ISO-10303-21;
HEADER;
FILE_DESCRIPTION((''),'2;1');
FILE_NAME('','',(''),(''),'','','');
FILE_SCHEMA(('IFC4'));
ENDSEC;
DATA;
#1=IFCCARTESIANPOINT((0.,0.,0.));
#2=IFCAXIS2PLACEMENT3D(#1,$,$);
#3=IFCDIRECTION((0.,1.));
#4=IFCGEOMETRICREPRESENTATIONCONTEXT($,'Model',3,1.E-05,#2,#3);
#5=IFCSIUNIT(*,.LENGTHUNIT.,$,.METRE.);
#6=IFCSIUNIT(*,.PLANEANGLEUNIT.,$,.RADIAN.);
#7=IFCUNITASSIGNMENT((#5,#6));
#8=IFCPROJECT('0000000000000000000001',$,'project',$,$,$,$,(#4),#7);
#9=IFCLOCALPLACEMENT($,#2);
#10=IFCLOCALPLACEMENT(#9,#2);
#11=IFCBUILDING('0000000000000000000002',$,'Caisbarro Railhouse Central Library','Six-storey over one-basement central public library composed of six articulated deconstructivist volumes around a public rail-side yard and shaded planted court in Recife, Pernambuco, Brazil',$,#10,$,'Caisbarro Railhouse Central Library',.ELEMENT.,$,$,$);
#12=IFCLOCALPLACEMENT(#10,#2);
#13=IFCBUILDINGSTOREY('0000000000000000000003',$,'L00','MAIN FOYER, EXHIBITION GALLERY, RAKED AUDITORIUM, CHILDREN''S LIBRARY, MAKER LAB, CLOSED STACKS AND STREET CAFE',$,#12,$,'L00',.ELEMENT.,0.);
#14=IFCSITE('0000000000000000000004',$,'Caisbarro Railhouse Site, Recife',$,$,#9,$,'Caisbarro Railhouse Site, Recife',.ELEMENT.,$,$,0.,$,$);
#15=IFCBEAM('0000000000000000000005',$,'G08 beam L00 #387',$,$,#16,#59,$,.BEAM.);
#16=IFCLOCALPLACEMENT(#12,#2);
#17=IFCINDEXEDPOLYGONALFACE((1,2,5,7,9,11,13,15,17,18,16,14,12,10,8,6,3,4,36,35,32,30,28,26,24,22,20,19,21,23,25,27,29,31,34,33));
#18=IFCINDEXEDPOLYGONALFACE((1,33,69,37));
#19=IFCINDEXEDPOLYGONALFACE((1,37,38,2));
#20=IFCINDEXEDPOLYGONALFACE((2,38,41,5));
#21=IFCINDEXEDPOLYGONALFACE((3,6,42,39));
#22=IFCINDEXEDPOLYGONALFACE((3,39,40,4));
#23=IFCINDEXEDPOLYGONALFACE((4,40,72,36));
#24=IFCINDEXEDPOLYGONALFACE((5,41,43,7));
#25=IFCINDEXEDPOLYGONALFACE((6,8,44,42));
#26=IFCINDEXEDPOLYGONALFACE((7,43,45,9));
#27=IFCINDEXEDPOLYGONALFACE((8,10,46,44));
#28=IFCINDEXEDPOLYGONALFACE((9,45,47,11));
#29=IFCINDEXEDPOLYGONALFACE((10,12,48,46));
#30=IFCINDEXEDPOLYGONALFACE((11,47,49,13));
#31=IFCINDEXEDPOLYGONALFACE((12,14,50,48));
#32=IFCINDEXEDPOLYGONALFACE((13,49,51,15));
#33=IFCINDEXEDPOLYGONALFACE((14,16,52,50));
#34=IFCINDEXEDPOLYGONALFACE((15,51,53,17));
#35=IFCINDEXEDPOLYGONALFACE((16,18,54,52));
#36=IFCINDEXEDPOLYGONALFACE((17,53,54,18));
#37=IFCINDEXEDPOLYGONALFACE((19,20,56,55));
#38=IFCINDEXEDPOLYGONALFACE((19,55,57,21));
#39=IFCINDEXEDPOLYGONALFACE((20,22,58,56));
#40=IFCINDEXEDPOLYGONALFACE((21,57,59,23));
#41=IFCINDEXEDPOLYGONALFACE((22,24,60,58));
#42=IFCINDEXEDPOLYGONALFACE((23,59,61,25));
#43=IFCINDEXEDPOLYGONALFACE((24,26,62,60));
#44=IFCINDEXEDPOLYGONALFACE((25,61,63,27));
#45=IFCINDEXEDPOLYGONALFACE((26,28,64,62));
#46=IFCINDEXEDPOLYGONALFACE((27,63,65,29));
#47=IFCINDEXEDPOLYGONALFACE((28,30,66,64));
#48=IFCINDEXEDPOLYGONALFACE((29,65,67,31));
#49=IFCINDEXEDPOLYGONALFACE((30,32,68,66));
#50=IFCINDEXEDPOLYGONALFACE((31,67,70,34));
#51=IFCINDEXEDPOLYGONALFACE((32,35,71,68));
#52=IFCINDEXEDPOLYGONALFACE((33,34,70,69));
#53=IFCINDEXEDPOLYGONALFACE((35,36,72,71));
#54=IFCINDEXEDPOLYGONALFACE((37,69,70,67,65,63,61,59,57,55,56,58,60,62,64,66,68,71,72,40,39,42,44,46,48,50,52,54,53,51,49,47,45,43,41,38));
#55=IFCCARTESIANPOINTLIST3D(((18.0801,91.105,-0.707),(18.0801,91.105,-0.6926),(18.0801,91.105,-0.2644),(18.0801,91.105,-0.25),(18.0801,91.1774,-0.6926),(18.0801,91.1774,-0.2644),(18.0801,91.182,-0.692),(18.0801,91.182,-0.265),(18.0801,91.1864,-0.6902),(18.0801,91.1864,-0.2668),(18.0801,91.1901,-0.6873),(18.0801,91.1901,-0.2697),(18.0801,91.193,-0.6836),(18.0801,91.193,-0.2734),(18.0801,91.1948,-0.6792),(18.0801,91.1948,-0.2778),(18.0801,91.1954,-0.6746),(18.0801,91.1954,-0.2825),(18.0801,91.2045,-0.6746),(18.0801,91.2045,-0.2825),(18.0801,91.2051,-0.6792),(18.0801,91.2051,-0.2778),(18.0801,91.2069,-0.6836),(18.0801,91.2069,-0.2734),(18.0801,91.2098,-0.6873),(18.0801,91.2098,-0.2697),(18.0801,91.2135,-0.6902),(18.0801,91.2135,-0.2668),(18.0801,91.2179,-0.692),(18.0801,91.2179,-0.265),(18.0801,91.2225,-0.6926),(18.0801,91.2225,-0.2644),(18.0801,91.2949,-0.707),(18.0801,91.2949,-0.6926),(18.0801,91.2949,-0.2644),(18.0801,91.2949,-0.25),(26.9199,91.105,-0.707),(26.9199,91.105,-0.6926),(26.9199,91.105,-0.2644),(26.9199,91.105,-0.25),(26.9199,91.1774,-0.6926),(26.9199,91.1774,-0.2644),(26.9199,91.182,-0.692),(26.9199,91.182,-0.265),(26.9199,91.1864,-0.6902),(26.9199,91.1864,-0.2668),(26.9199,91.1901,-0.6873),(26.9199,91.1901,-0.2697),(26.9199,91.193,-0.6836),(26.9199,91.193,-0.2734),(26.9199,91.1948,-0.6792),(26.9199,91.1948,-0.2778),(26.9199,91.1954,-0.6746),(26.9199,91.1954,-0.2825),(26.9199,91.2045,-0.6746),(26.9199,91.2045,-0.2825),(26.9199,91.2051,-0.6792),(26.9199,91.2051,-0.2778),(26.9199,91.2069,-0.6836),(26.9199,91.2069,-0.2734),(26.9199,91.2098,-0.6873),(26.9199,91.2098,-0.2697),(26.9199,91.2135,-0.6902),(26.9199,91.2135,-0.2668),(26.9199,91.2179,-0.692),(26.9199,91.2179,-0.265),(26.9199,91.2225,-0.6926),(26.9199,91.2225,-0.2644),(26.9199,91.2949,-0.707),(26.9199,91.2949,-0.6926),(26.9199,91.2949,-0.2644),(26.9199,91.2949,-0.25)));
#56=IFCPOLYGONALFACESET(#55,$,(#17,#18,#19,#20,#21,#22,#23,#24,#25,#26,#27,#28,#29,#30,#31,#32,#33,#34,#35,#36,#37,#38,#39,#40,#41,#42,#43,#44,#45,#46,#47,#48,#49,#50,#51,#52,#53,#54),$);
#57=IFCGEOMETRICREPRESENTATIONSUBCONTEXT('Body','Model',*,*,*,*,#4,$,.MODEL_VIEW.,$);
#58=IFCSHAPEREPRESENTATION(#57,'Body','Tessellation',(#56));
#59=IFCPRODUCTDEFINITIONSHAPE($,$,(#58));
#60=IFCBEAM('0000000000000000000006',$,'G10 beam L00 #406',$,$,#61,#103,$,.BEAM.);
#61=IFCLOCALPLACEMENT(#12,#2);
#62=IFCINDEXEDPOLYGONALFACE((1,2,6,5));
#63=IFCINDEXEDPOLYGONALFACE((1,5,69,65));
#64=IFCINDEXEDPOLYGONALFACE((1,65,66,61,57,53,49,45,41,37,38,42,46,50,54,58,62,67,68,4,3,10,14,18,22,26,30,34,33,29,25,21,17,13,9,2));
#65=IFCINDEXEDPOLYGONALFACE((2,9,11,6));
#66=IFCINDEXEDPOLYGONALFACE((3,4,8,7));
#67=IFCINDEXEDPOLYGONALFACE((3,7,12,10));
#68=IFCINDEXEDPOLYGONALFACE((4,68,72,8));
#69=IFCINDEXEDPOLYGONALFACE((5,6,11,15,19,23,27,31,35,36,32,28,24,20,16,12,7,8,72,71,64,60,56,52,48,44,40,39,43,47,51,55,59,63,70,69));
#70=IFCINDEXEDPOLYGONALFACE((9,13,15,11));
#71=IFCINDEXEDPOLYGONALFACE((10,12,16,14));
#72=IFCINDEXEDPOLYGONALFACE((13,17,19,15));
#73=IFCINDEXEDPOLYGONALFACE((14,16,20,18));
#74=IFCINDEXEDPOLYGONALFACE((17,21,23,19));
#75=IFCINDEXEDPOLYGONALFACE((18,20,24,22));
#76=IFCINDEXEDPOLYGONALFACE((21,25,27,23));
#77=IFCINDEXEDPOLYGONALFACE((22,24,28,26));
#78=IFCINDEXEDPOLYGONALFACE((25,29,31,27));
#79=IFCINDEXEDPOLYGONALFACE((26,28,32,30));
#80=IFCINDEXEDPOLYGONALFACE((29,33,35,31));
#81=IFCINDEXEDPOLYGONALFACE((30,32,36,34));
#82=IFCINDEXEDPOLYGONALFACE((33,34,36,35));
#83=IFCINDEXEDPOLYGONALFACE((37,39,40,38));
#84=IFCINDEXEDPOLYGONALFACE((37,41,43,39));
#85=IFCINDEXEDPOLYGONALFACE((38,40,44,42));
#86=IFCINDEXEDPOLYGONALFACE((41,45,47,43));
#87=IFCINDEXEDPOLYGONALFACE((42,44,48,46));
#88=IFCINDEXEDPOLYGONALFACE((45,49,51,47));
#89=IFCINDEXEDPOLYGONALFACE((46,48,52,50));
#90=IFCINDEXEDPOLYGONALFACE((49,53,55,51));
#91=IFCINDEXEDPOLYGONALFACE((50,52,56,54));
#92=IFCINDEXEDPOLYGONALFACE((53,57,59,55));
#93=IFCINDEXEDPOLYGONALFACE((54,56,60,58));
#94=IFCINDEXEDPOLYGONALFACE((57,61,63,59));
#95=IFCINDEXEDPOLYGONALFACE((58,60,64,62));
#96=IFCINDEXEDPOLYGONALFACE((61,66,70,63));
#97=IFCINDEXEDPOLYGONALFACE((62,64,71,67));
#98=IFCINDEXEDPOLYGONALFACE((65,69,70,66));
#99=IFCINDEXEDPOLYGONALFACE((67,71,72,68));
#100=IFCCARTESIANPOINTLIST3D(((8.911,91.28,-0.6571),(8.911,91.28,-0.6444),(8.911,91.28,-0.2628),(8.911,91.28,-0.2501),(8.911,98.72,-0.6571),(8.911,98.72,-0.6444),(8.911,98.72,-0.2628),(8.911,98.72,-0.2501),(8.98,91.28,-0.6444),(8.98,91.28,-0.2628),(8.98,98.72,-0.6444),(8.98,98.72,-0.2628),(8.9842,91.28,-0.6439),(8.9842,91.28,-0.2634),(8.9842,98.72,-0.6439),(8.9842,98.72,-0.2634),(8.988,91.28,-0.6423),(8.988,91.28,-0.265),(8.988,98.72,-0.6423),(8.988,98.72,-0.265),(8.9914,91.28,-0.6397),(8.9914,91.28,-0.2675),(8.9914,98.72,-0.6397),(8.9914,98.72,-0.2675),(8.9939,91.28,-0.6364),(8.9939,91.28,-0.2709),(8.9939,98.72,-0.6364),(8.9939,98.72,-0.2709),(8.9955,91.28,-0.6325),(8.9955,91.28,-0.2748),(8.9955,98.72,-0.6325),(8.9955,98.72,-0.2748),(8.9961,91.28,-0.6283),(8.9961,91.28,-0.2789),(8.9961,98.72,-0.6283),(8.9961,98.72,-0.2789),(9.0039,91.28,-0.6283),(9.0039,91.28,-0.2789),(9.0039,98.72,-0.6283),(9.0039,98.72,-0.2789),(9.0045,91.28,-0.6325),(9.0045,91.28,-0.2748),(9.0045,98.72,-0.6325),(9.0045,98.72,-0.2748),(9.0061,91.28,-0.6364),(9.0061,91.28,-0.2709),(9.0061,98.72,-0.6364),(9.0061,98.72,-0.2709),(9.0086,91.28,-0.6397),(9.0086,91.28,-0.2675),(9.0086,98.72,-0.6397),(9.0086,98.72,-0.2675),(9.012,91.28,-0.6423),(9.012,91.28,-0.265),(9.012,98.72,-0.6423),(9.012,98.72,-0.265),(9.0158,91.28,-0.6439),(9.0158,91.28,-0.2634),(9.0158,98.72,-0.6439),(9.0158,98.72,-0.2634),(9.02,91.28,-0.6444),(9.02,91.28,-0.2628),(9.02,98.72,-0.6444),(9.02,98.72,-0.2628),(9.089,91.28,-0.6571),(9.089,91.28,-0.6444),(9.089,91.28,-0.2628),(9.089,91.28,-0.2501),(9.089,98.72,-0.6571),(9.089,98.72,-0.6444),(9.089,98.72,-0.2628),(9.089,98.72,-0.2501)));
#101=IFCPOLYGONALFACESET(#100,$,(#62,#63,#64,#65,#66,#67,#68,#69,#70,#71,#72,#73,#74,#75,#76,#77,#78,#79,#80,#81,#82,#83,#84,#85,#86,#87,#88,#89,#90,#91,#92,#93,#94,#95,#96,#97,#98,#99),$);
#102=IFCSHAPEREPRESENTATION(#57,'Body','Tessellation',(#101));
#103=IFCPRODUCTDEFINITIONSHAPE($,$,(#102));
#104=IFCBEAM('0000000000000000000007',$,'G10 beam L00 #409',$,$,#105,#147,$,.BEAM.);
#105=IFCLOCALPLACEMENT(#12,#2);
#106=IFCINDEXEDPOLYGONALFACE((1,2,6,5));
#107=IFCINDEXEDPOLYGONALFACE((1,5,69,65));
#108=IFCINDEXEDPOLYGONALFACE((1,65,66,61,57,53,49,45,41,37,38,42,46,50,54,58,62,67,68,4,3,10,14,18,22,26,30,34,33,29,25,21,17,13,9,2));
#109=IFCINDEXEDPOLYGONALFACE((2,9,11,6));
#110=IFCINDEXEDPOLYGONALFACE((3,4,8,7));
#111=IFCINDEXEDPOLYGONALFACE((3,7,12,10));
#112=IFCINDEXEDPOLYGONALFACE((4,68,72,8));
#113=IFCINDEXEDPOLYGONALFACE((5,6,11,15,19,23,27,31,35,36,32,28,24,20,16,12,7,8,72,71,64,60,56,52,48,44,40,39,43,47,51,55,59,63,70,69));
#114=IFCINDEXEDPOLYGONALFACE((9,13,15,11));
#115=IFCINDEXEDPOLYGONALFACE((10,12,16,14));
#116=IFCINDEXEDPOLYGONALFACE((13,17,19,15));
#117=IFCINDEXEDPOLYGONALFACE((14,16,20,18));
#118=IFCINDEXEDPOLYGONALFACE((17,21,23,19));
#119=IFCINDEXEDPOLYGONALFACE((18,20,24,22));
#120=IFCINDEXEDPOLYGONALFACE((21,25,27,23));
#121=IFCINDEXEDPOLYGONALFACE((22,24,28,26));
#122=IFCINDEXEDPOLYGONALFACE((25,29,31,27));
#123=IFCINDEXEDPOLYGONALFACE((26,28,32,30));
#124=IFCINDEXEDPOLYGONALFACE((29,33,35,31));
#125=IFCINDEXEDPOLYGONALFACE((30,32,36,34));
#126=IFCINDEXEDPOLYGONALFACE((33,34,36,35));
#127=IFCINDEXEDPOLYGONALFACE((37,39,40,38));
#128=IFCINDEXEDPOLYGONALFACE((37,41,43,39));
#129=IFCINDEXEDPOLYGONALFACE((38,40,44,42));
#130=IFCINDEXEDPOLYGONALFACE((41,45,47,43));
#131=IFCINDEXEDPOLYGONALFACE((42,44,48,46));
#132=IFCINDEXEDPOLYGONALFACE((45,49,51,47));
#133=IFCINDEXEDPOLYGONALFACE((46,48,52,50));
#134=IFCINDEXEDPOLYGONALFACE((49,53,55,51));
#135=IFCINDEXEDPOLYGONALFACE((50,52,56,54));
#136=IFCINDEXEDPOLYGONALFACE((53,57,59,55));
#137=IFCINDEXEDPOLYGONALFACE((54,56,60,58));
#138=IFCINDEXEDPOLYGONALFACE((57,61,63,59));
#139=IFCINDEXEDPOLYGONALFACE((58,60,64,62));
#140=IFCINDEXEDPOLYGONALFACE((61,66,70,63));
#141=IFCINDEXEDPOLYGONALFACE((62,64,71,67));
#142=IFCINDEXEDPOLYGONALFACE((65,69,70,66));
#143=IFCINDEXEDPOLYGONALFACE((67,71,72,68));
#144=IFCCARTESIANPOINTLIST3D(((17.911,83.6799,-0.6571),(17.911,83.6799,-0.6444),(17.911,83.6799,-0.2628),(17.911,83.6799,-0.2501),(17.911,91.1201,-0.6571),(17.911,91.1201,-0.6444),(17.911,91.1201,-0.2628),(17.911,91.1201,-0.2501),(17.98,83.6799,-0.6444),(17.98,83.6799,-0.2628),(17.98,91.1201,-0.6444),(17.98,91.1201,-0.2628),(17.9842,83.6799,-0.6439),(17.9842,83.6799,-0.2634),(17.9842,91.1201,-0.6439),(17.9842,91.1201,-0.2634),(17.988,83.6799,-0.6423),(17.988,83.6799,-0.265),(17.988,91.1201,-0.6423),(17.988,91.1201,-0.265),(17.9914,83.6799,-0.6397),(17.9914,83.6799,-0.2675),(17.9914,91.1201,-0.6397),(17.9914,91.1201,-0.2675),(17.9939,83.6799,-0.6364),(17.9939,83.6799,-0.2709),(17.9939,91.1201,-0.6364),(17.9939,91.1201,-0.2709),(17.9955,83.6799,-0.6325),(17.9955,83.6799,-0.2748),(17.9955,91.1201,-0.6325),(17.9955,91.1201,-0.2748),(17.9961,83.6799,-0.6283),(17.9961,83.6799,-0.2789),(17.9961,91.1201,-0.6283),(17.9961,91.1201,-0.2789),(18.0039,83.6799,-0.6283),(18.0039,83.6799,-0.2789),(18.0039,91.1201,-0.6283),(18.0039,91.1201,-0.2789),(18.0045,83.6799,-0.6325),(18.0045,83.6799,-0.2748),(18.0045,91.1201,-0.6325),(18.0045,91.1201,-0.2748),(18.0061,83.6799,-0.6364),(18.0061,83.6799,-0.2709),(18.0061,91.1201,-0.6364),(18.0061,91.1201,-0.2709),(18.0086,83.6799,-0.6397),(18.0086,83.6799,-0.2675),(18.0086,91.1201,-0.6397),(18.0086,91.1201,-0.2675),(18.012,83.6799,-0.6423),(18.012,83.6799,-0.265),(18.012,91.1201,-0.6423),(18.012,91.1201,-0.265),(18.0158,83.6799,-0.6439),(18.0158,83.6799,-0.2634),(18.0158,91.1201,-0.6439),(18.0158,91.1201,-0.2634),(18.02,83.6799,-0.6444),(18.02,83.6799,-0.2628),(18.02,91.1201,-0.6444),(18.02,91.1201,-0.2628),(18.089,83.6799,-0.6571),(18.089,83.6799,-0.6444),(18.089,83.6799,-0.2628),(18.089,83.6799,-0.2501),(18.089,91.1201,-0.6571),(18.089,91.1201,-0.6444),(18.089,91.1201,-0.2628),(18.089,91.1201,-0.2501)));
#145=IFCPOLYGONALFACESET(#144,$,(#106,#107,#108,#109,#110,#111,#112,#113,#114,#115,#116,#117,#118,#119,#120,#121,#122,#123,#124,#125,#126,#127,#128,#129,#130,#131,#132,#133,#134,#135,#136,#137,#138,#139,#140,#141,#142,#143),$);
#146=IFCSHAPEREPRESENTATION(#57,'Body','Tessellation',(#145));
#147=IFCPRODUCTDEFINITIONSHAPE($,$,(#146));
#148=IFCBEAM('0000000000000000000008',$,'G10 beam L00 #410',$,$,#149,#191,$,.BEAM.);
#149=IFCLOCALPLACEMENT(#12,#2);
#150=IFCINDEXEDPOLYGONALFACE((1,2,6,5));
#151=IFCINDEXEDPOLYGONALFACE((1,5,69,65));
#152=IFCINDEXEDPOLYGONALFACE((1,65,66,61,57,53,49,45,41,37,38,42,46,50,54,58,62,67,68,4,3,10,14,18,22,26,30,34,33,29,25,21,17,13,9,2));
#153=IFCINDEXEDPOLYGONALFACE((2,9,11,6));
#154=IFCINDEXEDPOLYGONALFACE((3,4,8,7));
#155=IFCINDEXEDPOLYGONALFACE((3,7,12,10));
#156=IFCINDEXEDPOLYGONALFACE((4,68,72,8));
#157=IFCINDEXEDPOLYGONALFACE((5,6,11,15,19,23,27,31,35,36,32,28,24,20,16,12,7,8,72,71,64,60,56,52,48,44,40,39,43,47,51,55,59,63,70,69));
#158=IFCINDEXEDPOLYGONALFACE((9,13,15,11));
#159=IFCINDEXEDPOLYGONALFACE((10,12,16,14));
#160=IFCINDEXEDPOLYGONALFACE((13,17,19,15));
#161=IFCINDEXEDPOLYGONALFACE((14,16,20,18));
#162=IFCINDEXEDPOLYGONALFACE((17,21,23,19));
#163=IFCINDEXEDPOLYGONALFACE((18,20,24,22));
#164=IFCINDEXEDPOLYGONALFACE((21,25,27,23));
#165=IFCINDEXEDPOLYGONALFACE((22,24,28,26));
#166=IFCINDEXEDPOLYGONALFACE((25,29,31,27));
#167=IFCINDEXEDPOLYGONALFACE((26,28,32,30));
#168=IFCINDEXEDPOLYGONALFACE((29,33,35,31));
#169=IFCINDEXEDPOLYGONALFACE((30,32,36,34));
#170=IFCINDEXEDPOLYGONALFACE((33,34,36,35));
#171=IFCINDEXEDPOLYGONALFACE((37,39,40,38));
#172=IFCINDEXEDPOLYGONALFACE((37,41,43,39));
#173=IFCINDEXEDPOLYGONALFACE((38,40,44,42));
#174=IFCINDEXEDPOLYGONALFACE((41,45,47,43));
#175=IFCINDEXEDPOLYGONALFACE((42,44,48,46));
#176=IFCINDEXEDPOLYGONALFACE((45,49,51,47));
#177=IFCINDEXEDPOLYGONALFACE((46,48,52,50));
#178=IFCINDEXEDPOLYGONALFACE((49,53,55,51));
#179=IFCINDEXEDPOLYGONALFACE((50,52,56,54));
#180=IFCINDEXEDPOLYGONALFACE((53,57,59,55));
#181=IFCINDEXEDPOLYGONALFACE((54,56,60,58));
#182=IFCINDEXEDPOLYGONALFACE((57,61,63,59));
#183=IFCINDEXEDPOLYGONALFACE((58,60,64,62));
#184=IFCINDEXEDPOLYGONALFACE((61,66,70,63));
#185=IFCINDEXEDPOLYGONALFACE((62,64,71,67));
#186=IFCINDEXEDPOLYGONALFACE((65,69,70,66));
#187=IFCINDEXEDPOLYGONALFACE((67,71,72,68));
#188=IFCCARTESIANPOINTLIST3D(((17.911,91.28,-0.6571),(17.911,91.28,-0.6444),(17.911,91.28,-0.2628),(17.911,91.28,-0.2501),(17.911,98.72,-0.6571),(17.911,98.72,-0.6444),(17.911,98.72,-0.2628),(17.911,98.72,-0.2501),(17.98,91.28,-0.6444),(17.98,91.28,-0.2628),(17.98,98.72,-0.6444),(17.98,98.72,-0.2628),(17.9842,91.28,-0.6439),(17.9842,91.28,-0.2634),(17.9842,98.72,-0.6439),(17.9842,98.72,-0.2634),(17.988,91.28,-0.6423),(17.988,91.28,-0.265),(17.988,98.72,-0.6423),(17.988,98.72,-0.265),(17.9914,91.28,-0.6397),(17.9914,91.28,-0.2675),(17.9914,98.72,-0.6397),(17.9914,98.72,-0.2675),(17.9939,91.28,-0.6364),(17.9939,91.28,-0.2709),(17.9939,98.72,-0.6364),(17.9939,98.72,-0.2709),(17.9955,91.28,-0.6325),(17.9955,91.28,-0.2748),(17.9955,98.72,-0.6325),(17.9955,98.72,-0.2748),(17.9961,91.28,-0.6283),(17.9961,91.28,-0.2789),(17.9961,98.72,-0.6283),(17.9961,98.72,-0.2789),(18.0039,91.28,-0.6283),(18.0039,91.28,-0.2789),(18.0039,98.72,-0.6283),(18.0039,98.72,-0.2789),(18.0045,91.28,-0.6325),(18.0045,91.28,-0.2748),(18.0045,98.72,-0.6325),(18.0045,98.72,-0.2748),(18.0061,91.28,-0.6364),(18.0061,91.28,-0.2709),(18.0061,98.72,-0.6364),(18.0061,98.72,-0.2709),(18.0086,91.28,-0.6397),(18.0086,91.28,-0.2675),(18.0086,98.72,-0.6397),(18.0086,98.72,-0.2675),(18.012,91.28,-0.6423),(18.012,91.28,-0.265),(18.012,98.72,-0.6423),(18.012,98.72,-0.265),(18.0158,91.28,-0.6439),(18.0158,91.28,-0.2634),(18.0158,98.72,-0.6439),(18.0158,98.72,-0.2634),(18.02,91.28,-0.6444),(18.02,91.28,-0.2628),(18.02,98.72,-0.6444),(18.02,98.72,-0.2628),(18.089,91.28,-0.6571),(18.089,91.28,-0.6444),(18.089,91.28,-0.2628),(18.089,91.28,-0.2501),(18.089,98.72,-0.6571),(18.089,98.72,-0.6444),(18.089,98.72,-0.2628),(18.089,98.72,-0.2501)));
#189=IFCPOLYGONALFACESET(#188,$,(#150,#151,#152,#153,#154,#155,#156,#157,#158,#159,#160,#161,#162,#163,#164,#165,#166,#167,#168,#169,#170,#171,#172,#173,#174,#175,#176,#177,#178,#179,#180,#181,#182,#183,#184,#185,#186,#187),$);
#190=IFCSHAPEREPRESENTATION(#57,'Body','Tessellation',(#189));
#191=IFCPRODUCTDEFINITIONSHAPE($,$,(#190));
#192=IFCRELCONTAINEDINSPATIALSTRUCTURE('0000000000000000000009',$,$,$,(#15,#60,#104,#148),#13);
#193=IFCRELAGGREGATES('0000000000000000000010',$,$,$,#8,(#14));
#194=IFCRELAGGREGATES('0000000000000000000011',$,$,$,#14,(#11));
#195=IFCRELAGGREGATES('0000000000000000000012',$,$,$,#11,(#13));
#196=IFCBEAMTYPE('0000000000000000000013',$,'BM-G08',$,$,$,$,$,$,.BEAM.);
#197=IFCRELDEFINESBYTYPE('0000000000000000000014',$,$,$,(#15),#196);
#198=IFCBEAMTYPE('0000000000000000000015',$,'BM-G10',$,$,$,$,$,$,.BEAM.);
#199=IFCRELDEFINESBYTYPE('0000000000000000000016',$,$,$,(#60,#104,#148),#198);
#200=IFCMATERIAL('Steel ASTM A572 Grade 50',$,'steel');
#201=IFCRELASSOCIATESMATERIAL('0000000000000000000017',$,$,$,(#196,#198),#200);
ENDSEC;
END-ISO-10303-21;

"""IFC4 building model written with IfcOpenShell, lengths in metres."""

from ifc_helpers import new_model, si_unit, direction, frame, origin, origin_2d, place, context, subcontext, project, spatial, i_section, extrude, material, material_profile, profile_set, type_object, element, save


model = new_model("IFC4")

# Units and contexts
model_context = context("Model", 3, precision=1e-05, world=origin(), true_north=direction((0.0, 1.0)))
body_context = subcontext(model_context, "Body", "Model", "MODEL_VIEW")
ifc_project = project(units=[si_unit("LENGTHUNIT", "METRE"), si_unit("PLANEANGLEUNIT", "RADIAN")], contexts=[model_context])

# Site, building, storey
site_placement = place(None, origin())
site = spatial("IfcSite", under=ifc_project, at=site_placement, Name="Caisbarro Railhouse Site, Recife", LongName="Caisbarro Railhouse Site, Recife", CompositionType="ELEMENT", RefElevation=0.0)
building_placement = place(site_placement, origin())
building = spatial("IfcBuilding", under=site, at=building_placement, Name="Caisbarro Railhouse Central Library", Description="Six-storey over one-basement central public library composed of six articulated deconstructivist volumes around a public rail-side yard and shaded planted court in Recife, Pernambuco, Brazil", LongName="Caisbarro Railhouse Central Library", CompositionType="ELEMENT")
storey_placement = place(building_placement, origin())
storey = spatial("IfcBuildingStorey", under=building, at=storey_placement, Name="L00", Description="MAIN FOYER, EXHIBITION GALLERY, RAKED AUDITORIUM, CHILDREN'S LIBRARY, MAKER LAB, CLOSED STACKS AND STREET CAFE", LongName="L00", CompositionType="ELEMENT", Elevation=0.0)

# Shared definitions
ifc_material_1 = material(Name="Steel ASTM A572 Grade 50", Category="steel")

# Beams
ifc_material_profile_1 = material_profile(ifc_material_1, i_section(OverallWidth=0.1899, OverallDepth=0.457, WebThickness=0.009, FlangeThickness=0.0144, FilletRadius=0.0181, at=origin_2d()), Name="W460X74.0")
ifc_profile_set_1 = profile_set([ifc_material_profile_1], Name="Steel ASTM A572 Grade 50")
beam_type_1 = type_object("IfcBeamType", Name="BM-G08", PredefinedType="BEAM", material=ifc_profile_set_1)
for number, where, z_axis, x_axis, name in (
    (1, (18.0801, 91.2, -0.4785), (1.0, 0.0, 0.0), (0.0, 1.0, 0.0), "G08 beam L00 #387"),
):
    element("IfcBeam", number, at=place(storey_placement, frame(where, z_axis=z_axis, x_axis=x_axis)), inside=storey, type_object=beam_type_1, Name=name, PredefinedType="BEAM", context=body_context, shape_type="SweptSolid", body=[
        extrude(i_section(OverallWidth=0.1899, OverallDepth=0.457, WebThickness=0.009, FlangeThickness=0.0144, FilletRadius=0.0181, at=origin_2d()), origin(), (0.0, 0.0, 1.0), 8.8398),
    ])
ifc_material_profile_2 = material_profile(ifc_material_1, i_section(OverallWidth=0.178, OverallDepth=0.407, WebThickness=0.0078, FlangeThickness=0.0127, FilletRadius=0.0161, at=origin_2d()), Name="W410X60.0")
ifc_profile_set_2 = profile_set([ifc_material_profile_2], Name="Steel ASTM A572 Grade 50")
beam_type_2 = type_object("IfcBeamType", Name="BM-G10", PredefinedType="BEAM", material=ifc_profile_set_2)
beam_1_placement = place(storey_placement, frame((9.0, 91.28, -0.4536), z_axis=(0.0, 1.0, 0.0), x_axis=(-1.0, 0.0, 0.0)))
element("IfcBeam", 2, at=beam_1_placement, inside=storey, type_object=beam_type_2, Name="G10 beam L00 #406", PredefinedType="BEAM", context=body_context, shape_type="SweptSolid", body=[
    extrude(i_section(OverallWidth=0.178, OverallDepth=0.407, WebThickness=0.0078, FlangeThickness=0.0127, FilletRadius=0.0161, at=origin_2d()), origin(), (0.0, 0.0, 1.0), 7.4399),
])
beam_2_placement = place(storey_placement, frame((18.0, 83.6799, -0.4536), z_axis=(0.0, 1.0, 0.0), x_axis=(-1.0, 0.0, 0.0)))
element("IfcBeam", 3, at=beam_2_placement, inside=storey, type_object=beam_type_2, Name="G10 beam L00 #409", PredefinedType="BEAM", context=body_context, shape_type="SweptSolid", body=[
    extrude(i_section(OverallWidth=0.178, OverallDepth=0.407, WebThickness=0.0078, FlangeThickness=0.0127, FilletRadius=0.0161, at=origin_2d()), origin(), (0.0, 0.0, 1.0), 7.4402),
])
beam_3_placement = place(storey_placement, frame((18.0, 91.28, -0.4536), z_axis=(0.0, 1.0, 0.0), x_axis=(-1.0, 0.0, 0.0)))
element("IfcBeam", 4, at=beam_3_placement, inside=storey, type_object=beam_type_2, Name="G10 beam L00 #410", PredefinedType="BEAM", context=body_context, shape_type="SweptSolid", body=[
    extrude(i_section(OverallWidth=0.178, OverallDepth=0.407, WebThickness=0.0078, FlangeThickness=0.0127, FilletRadius=0.0161, at=origin_2d()), origin(), (0.0, 0.0, 1.0), 7.4399),
])

save(model, "model.ifc")
